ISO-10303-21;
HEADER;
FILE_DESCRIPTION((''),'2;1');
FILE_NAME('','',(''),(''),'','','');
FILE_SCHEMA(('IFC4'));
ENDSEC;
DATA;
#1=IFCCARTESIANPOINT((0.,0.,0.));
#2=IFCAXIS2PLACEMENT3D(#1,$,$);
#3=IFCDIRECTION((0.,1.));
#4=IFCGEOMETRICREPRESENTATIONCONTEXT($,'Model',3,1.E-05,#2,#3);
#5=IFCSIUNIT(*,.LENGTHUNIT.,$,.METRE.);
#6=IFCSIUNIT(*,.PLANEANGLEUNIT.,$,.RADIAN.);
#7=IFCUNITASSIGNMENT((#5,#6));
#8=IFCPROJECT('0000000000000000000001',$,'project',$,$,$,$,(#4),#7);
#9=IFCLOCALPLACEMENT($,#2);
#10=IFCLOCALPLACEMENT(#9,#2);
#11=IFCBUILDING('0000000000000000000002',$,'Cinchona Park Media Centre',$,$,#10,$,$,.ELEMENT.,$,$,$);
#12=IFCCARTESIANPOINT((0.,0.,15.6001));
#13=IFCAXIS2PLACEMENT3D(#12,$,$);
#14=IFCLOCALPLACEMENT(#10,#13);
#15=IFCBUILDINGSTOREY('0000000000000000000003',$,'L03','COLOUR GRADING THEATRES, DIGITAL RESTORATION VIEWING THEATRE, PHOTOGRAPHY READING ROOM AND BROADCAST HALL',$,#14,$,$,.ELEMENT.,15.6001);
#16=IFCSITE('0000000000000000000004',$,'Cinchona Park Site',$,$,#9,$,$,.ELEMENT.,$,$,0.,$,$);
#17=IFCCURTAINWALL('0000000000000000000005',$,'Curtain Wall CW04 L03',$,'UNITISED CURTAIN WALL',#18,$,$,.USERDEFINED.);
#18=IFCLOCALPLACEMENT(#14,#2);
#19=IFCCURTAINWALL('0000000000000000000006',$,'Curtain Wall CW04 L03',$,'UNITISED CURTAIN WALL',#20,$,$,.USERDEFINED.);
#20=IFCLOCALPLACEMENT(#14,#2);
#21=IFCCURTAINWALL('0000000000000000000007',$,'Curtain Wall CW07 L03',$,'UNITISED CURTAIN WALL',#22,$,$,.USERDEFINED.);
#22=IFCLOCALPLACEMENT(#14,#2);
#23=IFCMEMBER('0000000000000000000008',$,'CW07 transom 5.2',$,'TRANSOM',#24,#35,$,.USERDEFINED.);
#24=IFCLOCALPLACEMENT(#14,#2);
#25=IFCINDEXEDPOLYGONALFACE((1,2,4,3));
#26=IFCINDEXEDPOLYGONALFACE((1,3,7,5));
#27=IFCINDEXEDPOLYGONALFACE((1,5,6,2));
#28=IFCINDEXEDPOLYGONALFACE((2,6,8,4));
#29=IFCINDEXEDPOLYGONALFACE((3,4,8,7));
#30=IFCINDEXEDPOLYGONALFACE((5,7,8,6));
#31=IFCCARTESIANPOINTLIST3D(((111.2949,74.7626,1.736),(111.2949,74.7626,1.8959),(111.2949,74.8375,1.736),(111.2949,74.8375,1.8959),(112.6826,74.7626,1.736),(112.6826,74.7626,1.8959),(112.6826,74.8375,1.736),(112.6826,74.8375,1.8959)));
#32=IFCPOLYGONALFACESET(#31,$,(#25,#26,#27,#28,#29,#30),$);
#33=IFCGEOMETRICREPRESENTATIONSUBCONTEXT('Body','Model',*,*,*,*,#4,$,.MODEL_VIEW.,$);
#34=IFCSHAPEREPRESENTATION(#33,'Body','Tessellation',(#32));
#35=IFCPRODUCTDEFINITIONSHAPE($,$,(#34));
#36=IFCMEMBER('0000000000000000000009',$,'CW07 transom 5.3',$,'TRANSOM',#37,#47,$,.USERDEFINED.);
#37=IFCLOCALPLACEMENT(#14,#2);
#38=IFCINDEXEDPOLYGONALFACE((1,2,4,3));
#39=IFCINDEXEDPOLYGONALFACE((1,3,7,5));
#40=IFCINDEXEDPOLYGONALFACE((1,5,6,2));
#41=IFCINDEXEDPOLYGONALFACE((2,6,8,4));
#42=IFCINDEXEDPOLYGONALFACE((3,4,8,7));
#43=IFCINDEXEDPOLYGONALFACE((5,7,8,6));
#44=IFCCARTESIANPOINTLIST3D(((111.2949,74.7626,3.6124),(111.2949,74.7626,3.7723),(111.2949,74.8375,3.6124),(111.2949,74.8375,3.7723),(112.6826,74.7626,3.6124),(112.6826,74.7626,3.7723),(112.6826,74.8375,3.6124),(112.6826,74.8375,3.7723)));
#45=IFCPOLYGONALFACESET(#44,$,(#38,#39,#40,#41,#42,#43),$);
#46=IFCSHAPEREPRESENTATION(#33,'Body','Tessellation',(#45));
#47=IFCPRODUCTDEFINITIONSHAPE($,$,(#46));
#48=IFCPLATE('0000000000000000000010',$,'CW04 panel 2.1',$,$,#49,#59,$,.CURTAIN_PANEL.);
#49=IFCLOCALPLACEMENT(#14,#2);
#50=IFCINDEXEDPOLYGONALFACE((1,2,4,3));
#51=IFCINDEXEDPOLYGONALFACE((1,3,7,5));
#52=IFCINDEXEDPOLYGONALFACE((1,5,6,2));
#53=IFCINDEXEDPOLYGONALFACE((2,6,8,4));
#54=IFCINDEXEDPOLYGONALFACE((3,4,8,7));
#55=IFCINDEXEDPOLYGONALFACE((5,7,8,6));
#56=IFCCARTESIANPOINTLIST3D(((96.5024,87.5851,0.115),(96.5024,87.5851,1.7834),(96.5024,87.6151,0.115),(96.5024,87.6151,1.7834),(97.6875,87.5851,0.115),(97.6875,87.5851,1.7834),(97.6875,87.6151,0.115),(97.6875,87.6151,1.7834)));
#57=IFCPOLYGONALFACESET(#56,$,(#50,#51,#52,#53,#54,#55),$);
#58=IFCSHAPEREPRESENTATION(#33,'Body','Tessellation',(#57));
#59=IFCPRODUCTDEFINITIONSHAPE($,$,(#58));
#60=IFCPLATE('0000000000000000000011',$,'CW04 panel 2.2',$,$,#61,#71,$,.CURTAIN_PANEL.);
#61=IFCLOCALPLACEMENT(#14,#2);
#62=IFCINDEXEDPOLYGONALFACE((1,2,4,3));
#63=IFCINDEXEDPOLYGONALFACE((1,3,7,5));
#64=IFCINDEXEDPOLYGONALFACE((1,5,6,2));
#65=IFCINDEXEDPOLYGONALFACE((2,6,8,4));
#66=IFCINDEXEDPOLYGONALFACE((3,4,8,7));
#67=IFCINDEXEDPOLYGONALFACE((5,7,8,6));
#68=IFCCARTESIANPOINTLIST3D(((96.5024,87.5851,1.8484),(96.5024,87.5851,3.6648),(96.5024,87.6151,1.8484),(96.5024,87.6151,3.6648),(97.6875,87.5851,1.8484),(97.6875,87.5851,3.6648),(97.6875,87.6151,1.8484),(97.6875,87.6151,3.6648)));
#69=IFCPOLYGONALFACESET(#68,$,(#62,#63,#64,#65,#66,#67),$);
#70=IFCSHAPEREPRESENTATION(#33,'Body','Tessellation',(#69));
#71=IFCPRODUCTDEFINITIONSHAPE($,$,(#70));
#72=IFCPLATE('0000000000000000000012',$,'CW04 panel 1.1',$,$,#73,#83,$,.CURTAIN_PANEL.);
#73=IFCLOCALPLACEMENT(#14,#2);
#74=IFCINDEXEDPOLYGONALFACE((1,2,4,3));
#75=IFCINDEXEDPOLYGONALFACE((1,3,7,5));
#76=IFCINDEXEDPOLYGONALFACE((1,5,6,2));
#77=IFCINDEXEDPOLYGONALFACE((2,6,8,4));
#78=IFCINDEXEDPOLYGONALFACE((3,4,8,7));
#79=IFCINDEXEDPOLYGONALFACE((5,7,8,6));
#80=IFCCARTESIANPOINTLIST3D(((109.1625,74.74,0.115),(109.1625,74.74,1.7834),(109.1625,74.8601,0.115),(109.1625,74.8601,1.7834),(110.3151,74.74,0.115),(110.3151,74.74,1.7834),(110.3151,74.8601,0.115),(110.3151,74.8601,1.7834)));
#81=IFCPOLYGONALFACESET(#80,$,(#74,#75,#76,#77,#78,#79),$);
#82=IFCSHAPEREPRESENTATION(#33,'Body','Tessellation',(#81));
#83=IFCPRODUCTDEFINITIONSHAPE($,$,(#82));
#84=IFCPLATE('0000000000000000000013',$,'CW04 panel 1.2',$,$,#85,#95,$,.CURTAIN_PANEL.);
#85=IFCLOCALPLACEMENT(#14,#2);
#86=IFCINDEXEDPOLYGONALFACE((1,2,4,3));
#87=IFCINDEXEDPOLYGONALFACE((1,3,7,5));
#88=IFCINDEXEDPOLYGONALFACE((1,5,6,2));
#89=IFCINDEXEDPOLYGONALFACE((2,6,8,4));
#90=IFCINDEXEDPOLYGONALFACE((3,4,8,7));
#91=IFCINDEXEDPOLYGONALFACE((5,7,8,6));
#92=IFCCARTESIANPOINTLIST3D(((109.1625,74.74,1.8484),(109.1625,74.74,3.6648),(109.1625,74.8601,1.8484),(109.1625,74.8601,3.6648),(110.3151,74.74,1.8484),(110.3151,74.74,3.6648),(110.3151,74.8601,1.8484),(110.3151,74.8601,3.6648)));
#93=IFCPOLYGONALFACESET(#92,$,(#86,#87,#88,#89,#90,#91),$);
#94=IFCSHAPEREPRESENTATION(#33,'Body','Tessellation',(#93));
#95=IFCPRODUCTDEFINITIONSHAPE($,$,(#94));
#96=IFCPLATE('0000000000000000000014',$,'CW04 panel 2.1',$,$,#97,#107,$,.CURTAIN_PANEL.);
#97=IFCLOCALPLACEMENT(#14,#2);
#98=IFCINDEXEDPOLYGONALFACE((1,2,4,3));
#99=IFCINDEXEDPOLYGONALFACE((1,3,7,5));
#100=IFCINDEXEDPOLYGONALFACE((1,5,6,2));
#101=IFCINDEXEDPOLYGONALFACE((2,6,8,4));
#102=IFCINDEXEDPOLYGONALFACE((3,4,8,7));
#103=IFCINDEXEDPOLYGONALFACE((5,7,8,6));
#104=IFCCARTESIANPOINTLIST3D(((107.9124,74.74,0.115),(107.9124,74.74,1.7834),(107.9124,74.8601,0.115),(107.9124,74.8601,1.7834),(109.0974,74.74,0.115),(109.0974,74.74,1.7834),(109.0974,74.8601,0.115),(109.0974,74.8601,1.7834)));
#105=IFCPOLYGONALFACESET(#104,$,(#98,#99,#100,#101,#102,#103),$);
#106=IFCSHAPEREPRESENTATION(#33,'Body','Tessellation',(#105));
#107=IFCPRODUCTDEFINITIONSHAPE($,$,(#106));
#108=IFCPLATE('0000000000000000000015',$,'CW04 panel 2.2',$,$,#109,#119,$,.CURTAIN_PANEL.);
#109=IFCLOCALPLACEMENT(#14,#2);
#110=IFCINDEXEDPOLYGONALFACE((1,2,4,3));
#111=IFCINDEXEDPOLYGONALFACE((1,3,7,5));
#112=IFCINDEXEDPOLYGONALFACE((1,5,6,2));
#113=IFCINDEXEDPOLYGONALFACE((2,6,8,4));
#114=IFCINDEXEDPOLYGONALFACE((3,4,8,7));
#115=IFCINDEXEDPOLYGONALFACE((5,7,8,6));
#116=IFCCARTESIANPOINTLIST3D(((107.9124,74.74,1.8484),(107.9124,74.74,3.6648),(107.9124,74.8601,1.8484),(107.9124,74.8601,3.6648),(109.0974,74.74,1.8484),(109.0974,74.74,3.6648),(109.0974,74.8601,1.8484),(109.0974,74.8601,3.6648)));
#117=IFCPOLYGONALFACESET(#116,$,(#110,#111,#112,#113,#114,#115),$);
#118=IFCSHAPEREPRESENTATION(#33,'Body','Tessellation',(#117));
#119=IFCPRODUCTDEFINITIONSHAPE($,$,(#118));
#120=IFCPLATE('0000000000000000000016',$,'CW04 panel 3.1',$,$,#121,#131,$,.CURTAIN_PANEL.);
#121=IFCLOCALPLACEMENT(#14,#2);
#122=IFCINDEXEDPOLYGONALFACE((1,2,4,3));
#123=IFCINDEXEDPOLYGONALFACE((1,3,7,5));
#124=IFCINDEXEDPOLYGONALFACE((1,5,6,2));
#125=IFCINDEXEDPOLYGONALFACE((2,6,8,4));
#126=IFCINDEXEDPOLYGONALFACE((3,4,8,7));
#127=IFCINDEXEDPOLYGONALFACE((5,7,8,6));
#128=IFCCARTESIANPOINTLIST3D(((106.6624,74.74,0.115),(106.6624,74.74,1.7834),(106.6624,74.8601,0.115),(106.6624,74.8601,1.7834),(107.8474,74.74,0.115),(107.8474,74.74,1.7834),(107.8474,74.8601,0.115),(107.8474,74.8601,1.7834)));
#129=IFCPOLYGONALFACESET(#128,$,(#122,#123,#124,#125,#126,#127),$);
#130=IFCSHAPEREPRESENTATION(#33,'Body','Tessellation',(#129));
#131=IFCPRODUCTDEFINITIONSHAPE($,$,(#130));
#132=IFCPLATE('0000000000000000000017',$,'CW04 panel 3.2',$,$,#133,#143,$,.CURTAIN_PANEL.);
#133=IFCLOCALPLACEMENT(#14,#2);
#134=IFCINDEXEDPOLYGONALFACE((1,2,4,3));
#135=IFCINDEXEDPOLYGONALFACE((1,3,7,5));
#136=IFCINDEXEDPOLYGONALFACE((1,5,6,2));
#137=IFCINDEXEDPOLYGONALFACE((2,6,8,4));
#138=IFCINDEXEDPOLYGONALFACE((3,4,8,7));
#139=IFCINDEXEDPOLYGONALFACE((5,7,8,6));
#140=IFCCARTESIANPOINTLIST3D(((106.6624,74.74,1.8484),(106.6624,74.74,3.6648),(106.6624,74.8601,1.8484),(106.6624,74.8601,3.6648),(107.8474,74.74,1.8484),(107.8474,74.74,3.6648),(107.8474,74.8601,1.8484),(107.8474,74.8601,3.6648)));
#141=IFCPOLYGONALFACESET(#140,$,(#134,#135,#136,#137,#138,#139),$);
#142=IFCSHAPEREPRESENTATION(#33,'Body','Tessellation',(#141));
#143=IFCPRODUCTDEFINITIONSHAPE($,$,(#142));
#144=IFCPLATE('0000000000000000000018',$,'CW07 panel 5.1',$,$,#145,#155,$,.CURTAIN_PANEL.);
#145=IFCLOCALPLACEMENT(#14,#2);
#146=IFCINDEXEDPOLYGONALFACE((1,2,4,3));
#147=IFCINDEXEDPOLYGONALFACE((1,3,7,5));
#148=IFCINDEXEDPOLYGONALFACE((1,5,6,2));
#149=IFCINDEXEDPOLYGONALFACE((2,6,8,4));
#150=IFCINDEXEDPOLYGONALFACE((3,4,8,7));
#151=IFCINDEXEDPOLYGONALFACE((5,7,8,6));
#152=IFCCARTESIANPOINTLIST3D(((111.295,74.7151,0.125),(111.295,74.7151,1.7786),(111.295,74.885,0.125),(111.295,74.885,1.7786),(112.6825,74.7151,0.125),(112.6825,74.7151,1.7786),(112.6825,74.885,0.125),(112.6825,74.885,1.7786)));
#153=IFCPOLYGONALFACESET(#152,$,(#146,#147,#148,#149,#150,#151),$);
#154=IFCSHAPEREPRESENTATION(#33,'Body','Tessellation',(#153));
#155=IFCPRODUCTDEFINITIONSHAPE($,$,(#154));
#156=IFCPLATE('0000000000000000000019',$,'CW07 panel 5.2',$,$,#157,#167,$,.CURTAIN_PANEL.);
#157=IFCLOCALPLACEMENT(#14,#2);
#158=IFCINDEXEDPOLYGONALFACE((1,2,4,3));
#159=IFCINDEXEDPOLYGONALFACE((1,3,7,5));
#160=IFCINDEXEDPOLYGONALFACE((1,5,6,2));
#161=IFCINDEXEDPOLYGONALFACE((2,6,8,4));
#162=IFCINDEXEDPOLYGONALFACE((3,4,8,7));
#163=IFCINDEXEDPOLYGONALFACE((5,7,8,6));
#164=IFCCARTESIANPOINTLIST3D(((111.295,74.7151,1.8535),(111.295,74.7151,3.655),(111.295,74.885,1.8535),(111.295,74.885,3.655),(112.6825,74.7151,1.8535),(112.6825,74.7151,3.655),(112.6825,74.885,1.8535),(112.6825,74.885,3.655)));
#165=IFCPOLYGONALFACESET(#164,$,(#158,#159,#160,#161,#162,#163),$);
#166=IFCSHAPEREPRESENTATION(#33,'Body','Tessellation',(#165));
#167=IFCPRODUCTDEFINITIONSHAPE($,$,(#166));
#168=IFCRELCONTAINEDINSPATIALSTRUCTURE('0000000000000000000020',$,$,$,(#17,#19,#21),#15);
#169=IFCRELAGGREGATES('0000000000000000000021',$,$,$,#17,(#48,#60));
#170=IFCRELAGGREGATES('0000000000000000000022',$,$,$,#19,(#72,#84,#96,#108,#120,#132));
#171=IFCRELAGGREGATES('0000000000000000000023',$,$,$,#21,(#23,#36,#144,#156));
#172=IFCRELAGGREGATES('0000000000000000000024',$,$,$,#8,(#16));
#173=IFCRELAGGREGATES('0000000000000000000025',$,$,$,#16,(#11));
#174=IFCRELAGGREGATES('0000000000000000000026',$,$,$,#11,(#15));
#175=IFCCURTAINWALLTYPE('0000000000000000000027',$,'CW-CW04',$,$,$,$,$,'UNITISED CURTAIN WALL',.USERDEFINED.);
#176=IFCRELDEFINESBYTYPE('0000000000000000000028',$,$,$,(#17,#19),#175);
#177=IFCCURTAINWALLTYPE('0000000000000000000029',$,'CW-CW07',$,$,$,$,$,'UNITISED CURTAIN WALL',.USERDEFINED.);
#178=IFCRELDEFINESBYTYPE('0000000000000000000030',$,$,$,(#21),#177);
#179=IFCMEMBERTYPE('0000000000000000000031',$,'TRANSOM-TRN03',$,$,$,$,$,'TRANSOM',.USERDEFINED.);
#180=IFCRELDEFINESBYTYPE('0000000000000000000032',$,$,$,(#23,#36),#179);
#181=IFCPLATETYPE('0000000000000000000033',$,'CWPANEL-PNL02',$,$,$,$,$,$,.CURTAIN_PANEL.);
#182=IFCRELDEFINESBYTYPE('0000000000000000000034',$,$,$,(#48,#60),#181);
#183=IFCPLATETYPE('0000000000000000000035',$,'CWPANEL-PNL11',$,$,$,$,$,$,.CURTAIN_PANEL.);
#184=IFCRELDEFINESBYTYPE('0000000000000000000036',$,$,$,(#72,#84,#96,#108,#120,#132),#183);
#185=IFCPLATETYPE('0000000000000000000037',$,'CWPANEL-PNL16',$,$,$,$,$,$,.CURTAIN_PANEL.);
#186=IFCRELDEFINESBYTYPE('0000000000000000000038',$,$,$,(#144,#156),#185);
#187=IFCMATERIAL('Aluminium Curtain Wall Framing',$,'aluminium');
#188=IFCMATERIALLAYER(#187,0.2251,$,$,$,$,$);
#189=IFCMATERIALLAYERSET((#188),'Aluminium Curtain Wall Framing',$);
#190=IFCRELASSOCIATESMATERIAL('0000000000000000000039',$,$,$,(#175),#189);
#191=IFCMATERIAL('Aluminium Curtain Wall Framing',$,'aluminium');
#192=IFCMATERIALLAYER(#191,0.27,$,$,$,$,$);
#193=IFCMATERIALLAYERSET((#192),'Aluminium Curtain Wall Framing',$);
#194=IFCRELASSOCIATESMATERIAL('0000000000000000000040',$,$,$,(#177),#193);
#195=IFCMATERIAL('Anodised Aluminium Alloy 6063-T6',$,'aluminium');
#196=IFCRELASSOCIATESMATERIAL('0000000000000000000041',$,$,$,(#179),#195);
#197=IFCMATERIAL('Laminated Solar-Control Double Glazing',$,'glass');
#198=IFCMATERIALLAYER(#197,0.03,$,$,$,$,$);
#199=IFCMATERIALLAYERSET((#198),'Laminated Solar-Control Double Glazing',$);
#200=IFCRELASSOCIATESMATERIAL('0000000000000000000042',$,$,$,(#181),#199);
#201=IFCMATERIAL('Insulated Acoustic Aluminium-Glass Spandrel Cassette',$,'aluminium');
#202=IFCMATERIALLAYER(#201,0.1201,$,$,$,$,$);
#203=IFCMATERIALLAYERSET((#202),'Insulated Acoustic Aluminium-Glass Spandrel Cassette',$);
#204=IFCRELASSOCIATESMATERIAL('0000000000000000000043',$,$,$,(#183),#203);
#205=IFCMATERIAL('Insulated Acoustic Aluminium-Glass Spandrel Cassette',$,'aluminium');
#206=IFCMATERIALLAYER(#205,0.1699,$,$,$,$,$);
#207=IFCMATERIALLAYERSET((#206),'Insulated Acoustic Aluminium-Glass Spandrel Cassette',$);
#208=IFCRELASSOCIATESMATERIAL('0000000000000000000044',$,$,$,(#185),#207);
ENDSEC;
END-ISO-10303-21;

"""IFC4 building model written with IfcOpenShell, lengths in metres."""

from ifc_helpers import new_model, si_unit, direction, frame, origin, origin_2d, place, context, subcontext, project, spatial, rectangle, extrude, material, layer, layer_set, material_profile, profile_set, type_object, element, aggregate, save


model = new_model("IFC4")

# Units and contexts
model_context = context("Model", 3, precision=1e-05, world=origin(), true_north=direction((0.0, 1.0)))
body_context = subcontext(model_context, "Body", "Model", "MODEL_VIEW")
ifc_project = project(units=[si_unit("LENGTHUNIT", "METRE"), si_unit("PLANEANGLEUNIT", "RADIAN")], contexts=[model_context])

# Site, building, storey
site_placement = place(None, origin())
site = spatial("IfcSite", under=ifc_project, at=site_placement, Name="Cinchona Park Site", CompositionType="ELEMENT", RefElevation=0.0)
building_placement = place(site_placement, origin())
building = spatial("IfcBuilding", under=site, at=building_placement, Name="Cinchona Park Media Centre", CompositionType="ELEMENT")
storey_placement = place(building_placement, frame((0.0, 0.0, 15.6001)))
storey = spatial("IfcBuildingStorey", under=building, at=storey_placement, Name="L03", Description="COLOUR GRADING THEATRES, DIGITAL RESTORATION VIEWING THEATRE, PHOTOGRAPHY READING ROOM AND BROADCAST HALL", CompositionType="ELEMENT", Elevation=15.6001)

# Curtain wall
ifc_material_1 = material(Name="Aluminium Curtain Wall Framing", Category="aluminium")
ifc_layer_1 = layer(ifc_material_1, 0.2251)
ifc_layer_set_1 = layer_set([ifc_layer_1], Name="Aluminium Curtain Wall Framing")
curtain_wall_type_1 = type_object("IfcCurtainWallType", Name="CW-CW04", ElementType="UNITISED CURTAIN WALL", PredefinedType="USERDEFINED", material=ifc_layer_set_1)
curtain_wall_1_placement = place(storey_placement, origin())
curtain_wall_1 = element("IfcCurtainWall", 1, at=curtain_wall_1_placement, inside=storey, type_object=curtain_wall_type_1, Name="Curtain Wall CW04 L03", ObjectType="UNITISED CURTAIN WALL", PredefinedType="USERDEFINED")

# Curtain walls
curtain_wall_2_placement = place(storey_placement, origin())
curtain_wall_2 = element("IfcCurtainWall", 2, at=curtain_wall_2_placement, inside=storey, type_object=curtain_wall_type_1, Name="Curtain Wall CW04 L03", ObjectType="UNITISED CURTAIN WALL", PredefinedType="USERDEFINED")
ifc_material_2 = material(Name="Aluminium Curtain Wall Framing", Category="aluminium")
ifc_layer_2 = layer(ifc_material_2, 0.27)
ifc_layer_set_2 = layer_set([ifc_layer_2], Name="Aluminium Curtain Wall Framing")
curtain_wall_type_2 = type_object("IfcCurtainWallType", Name="CW-CW07", ElementType="UNITISED CURTAIN WALL", PredefinedType="USERDEFINED", material=ifc_layer_set_2)
curtain_wall_3_placement = place(storey_placement, origin())
curtain_wall_3 = element("IfcCurtainWall", 3, at=curtain_wall_3_placement, inside=storey, type_object=curtain_wall_type_2, Name="Curtain Wall CW07 L03", ObjectType="UNITISED CURTAIN WALL", PredefinedType="USERDEFINED")

# Members
ifc_material_3 = material(Name="Anodised Aluminium Alloy 6063-T6", Category="aluminium")
ifc_material_profile_1 = material_profile(ifc_material_3, rectangle(XDim=0.075, YDim=0.1599, at=origin_2d()), Name="TRN-75X160")
ifc_profile_set_1 = profile_set([ifc_material_profile_1], Name="Anodised Aluminium Alloy 6063-T6")
member_type_1 = type_object("IfcMemberType", Name="TRANSOM-TRN03", ElementType="TRANSOM", PredefinedType="USERDEFINED", material=ifc_profile_set_1)
member_1_placement = place(storey_placement, frame((112.6826, 74.8, 1.8159), z_axis=(-1.0, 0.0, 0.0), x_axis=(0.0, -1.0, 0.0)))
member_1 = element("IfcMember", 4, at=member_1_placement, type_object=member_type_1, Name="CW07 transom 5.2", ObjectType="TRANSOM", PredefinedType="USERDEFINED", context=body_context, shape_type="SweptSolid", body=[
    extrude(rectangle(XDim=0.075, YDim=0.1599, at=origin_2d()), origin(), (0.0, 0.0, 1.0), 1.3877),
])
member_2_placement = place(storey_placement, frame((112.6826, 74.8, 3.6924), z_axis=(-1.0, 0.0, 0.0), x_axis=(0.0, -1.0, 0.0)))
member_2 = element("IfcMember", 5, at=member_2_placement, type_object=member_type_1, Name="CW07 transom 5.3", ObjectType="TRANSOM", PredefinedType="USERDEFINED", context=body_context, shape_type="SweptSolid", body=[
    extrude(rectangle(XDim=0.075, YDim=0.1599, at=origin_2d()), origin(), (0.0, 0.0, 1.0), 1.3877),
])

# Plates
ifc_material_4 = material(Name="Laminated Solar-Control Double Glazing", Category="glass")
ifc_layer_3 = layer(ifc_material_4, 0.03)
ifc_layer_set_3 = layer_set([ifc_layer_3], Name="Laminated Solar-Control Double Glazing")
plate_type_1 = type_object("IfcPlateType", Name="CWPANEL-PNL02", PredefinedType="CURTAIN_PANEL", material=ifc_layer_set_3)
plate_1_placement = place(storey_placement, frame((97.095, 87.6001, 0.115), z_axis=(0.0, 0.0, 1.0), x_axis=(1.0, 0.0, 0.0)))
plate_1 = element("IfcPlate", 6, at=plate_1_placement, type_object=plate_type_1, Name="CW04 panel 2.1", PredefinedType="CURTAIN_PANEL", context=body_context, shape_type="SweptSolid", body=[
    extrude(rectangle(XDim=1.1851, YDim=0.03, at=origin_2d()), origin(), (0.0, 0.0, 1.0), 1.6685),
])
plate_2_placement = place(storey_placement, frame((97.095, 87.6001, 1.8484), z_axis=(0.0, 0.0, 1.0), x_axis=(1.0, 0.0, 0.0)))
plate_2 = element("IfcPlate", 7, at=plate_2_placement, type_object=plate_type_1, Name="CW04 panel 2.2", PredefinedType="CURTAIN_PANEL", context=body_context, shape_type="SweptSolid", body=[
    extrude(rectangle(XDim=1.1851, YDim=0.03, at=origin_2d()), origin(), (0.0, 0.0, 1.0), 1.8164),
])
aggregate(curtain_wall_1, [plate_1, plate_2])
ifc_material_5 = material(Name="Insulated Acoustic Aluminium-Glass Spandrel Cassette", Category="aluminium")
ifc_layer_4 = layer(ifc_material_5, 0.1201)
ifc_layer_set_4 = layer_set([ifc_layer_4], Name="Insulated Acoustic Aluminium-Glass Spandrel Cassette")
plate_type_2 = type_object("IfcPlateType", Name="CWPANEL-PNL11", PredefinedType="CURTAIN_PANEL", material=ifc_layer_set_4)
plate_3_placement = place(storey_placement, frame((109.7388, 74.8, 0.115), z_axis=(0.0, 0.0, 1.0), x_axis=(-1.0, 0.0, 0.0)))
plate_3 = element("IfcPlate", 8, at=plate_3_placement, type_object=plate_type_2, Name="CW04 panel 1.1", PredefinedType="CURTAIN_PANEL", context=body_context, shape_type="SweptSolid", body=[
    extrude(rectangle(XDim=1.1526, YDim=0.1201, at=origin_2d()), origin(), (0.0, 0.0, 1.0), 1.6685),
])
plate_4_placement = place(storey_placement, frame((109.7388, 74.8, 1.8484), z_axis=(0.0, 0.0, 1.0), x_axis=(-1.0, 0.0, 0.0)))
plate_4 = element("IfcPlate", 9, at=plate_4_placement, type_object=plate_type_2, Name="CW04 panel 1.2", PredefinedType="CURTAIN_PANEL", context=body_context, shape_type="SweptSolid", body=[
    extrude(rectangle(XDim=1.1526, YDim=0.1201, at=origin_2d()), origin(), (0.0, 0.0, 1.0), 1.8164),
])
plate_5_placement = place(storey_placement, frame((108.5049, 74.8, 0.115), z_axis=(0.0, 0.0, 1.0), x_axis=(-1.0, 0.0, 0.0)))
plate_5 = element("IfcPlate", 10, at=plate_5_placement, type_object=plate_type_2, Name="CW04 panel 2.1", PredefinedType="CURTAIN_PANEL", context=body_context, shape_type="SweptSolid", body=[
    extrude(rectangle(XDim=1.1851, YDim=0.1201, at=origin_2d()), origin(), (0.0, 0.0, 1.0), 1.6685),
])
plate_6_placement = place(storey_placement, frame((108.5049, 74.8, 1.8484), z_axis=(0.0, 0.0, 1.0), x_axis=(-1.0, 0.0, 0.0)))
plate_6 = element("IfcPlate", 11, at=plate_6_placement, type_object=plate_type_2, Name="CW04 panel 2.2", PredefinedType="CURTAIN_PANEL", context=body_context, shape_type="SweptSolid", body=[
    extrude(rectangle(XDim=1.1851, YDim=0.1201, at=origin_2d()), origin(), (0.0, 0.0, 1.0), 1.8164),
])
plate_7_placement = place(storey_placement, frame((107.2549, 74.8, 0.115), z_axis=(0.0, 0.0, 1.0), x_axis=(-1.0, 0.0, 0.0)))
plate_7 = element("IfcPlate", 12, at=plate_7_placement, type_object=plate_type_2, Name="CW04 panel 3.1", PredefinedType="CURTAIN_PANEL", context=body_context, shape_type="SweptSolid", body=[
    extrude(rectangle(XDim=1.1851, YDim=0.1201, at=origin_2d()), origin(), (0.0, 0.0, 1.0), 1.6685),
])
plate_8_placement = place(storey_placement, frame((107.2549, 74.8, 1.8484), z_axis=(0.0, 0.0, 1.0), x_axis=(-1.0, 0.0, 0.0)))
plate_8 = element("IfcPlate", 13, at=plate_8_placement, type_object=plate_type_2, Name="CW04 panel 3.2", PredefinedType="CURTAIN_PANEL", context=body_context, shape_type="SweptSolid", body=[
    extrude(rectangle(XDim=1.1851, YDim=0.1201, at=origin_2d()), origin(), (0.0, 0.0, 1.0), 1.8164),
])
aggregate(curtain_wall_2, [plate_3, plate_4, plate_5, plate_6, plate_7, plate_8])
ifc_material_6 = material(Name="Insulated Acoustic Aluminium-Glass Spandrel Cassette", Category="aluminium")
ifc_layer_5 = layer(ifc_material_6, 0.1699)
ifc_layer_set_5 = layer_set([ifc_layer_5], Name="Insulated Acoustic Aluminium-Glass Spandrel Cassette")
plate_type_3 = type_object("IfcPlateType", Name="CWPANEL-PNL16", PredefinedType="CURTAIN_PANEL", material=ifc_layer_set_5)
plate_9_placement = place(storey_placement, frame((111.9888, 74.8, 0.125), z_axis=(0.0, 0.0, 1.0), x_axis=(-1.0, 0.0, 0.0)))
plate_9 = element("IfcPlate", 14, at=plate_9_placement, type_object=plate_type_3, Name="CW07 panel 5.1", PredefinedType="CURTAIN_PANEL", context=body_context, shape_type="SweptSolid", body=[
    extrude(rectangle(XDim=1.3875, YDim=0.1699, at=origin_2d()), origin(), (0.0, 0.0, 1.0), 1.6536),
])
plate_10_placement = place(storey_placement, frame((111.9888, 74.8, 1.8535), z_axis=(0.0, 0.0, 1.0), x_axis=(-1.0, 0.0, 0.0)))
plate_10 = element("IfcPlate", 15, at=plate_10_placement, type_object=plate_type_3, Name="CW07 panel 5.2", PredefinedType="CURTAIN_PANEL", context=body_context, shape_type="SweptSolid", body=[
    extrude(rectangle(XDim=1.3875, YDim=0.1699, at=origin_2d()), origin(), (0.0, 0.0, 1.0), 1.8015),
])
aggregate(curtain_wall_3, [member_1, member_2, plate_9, plate_10])

save(model, "model.ifc")
